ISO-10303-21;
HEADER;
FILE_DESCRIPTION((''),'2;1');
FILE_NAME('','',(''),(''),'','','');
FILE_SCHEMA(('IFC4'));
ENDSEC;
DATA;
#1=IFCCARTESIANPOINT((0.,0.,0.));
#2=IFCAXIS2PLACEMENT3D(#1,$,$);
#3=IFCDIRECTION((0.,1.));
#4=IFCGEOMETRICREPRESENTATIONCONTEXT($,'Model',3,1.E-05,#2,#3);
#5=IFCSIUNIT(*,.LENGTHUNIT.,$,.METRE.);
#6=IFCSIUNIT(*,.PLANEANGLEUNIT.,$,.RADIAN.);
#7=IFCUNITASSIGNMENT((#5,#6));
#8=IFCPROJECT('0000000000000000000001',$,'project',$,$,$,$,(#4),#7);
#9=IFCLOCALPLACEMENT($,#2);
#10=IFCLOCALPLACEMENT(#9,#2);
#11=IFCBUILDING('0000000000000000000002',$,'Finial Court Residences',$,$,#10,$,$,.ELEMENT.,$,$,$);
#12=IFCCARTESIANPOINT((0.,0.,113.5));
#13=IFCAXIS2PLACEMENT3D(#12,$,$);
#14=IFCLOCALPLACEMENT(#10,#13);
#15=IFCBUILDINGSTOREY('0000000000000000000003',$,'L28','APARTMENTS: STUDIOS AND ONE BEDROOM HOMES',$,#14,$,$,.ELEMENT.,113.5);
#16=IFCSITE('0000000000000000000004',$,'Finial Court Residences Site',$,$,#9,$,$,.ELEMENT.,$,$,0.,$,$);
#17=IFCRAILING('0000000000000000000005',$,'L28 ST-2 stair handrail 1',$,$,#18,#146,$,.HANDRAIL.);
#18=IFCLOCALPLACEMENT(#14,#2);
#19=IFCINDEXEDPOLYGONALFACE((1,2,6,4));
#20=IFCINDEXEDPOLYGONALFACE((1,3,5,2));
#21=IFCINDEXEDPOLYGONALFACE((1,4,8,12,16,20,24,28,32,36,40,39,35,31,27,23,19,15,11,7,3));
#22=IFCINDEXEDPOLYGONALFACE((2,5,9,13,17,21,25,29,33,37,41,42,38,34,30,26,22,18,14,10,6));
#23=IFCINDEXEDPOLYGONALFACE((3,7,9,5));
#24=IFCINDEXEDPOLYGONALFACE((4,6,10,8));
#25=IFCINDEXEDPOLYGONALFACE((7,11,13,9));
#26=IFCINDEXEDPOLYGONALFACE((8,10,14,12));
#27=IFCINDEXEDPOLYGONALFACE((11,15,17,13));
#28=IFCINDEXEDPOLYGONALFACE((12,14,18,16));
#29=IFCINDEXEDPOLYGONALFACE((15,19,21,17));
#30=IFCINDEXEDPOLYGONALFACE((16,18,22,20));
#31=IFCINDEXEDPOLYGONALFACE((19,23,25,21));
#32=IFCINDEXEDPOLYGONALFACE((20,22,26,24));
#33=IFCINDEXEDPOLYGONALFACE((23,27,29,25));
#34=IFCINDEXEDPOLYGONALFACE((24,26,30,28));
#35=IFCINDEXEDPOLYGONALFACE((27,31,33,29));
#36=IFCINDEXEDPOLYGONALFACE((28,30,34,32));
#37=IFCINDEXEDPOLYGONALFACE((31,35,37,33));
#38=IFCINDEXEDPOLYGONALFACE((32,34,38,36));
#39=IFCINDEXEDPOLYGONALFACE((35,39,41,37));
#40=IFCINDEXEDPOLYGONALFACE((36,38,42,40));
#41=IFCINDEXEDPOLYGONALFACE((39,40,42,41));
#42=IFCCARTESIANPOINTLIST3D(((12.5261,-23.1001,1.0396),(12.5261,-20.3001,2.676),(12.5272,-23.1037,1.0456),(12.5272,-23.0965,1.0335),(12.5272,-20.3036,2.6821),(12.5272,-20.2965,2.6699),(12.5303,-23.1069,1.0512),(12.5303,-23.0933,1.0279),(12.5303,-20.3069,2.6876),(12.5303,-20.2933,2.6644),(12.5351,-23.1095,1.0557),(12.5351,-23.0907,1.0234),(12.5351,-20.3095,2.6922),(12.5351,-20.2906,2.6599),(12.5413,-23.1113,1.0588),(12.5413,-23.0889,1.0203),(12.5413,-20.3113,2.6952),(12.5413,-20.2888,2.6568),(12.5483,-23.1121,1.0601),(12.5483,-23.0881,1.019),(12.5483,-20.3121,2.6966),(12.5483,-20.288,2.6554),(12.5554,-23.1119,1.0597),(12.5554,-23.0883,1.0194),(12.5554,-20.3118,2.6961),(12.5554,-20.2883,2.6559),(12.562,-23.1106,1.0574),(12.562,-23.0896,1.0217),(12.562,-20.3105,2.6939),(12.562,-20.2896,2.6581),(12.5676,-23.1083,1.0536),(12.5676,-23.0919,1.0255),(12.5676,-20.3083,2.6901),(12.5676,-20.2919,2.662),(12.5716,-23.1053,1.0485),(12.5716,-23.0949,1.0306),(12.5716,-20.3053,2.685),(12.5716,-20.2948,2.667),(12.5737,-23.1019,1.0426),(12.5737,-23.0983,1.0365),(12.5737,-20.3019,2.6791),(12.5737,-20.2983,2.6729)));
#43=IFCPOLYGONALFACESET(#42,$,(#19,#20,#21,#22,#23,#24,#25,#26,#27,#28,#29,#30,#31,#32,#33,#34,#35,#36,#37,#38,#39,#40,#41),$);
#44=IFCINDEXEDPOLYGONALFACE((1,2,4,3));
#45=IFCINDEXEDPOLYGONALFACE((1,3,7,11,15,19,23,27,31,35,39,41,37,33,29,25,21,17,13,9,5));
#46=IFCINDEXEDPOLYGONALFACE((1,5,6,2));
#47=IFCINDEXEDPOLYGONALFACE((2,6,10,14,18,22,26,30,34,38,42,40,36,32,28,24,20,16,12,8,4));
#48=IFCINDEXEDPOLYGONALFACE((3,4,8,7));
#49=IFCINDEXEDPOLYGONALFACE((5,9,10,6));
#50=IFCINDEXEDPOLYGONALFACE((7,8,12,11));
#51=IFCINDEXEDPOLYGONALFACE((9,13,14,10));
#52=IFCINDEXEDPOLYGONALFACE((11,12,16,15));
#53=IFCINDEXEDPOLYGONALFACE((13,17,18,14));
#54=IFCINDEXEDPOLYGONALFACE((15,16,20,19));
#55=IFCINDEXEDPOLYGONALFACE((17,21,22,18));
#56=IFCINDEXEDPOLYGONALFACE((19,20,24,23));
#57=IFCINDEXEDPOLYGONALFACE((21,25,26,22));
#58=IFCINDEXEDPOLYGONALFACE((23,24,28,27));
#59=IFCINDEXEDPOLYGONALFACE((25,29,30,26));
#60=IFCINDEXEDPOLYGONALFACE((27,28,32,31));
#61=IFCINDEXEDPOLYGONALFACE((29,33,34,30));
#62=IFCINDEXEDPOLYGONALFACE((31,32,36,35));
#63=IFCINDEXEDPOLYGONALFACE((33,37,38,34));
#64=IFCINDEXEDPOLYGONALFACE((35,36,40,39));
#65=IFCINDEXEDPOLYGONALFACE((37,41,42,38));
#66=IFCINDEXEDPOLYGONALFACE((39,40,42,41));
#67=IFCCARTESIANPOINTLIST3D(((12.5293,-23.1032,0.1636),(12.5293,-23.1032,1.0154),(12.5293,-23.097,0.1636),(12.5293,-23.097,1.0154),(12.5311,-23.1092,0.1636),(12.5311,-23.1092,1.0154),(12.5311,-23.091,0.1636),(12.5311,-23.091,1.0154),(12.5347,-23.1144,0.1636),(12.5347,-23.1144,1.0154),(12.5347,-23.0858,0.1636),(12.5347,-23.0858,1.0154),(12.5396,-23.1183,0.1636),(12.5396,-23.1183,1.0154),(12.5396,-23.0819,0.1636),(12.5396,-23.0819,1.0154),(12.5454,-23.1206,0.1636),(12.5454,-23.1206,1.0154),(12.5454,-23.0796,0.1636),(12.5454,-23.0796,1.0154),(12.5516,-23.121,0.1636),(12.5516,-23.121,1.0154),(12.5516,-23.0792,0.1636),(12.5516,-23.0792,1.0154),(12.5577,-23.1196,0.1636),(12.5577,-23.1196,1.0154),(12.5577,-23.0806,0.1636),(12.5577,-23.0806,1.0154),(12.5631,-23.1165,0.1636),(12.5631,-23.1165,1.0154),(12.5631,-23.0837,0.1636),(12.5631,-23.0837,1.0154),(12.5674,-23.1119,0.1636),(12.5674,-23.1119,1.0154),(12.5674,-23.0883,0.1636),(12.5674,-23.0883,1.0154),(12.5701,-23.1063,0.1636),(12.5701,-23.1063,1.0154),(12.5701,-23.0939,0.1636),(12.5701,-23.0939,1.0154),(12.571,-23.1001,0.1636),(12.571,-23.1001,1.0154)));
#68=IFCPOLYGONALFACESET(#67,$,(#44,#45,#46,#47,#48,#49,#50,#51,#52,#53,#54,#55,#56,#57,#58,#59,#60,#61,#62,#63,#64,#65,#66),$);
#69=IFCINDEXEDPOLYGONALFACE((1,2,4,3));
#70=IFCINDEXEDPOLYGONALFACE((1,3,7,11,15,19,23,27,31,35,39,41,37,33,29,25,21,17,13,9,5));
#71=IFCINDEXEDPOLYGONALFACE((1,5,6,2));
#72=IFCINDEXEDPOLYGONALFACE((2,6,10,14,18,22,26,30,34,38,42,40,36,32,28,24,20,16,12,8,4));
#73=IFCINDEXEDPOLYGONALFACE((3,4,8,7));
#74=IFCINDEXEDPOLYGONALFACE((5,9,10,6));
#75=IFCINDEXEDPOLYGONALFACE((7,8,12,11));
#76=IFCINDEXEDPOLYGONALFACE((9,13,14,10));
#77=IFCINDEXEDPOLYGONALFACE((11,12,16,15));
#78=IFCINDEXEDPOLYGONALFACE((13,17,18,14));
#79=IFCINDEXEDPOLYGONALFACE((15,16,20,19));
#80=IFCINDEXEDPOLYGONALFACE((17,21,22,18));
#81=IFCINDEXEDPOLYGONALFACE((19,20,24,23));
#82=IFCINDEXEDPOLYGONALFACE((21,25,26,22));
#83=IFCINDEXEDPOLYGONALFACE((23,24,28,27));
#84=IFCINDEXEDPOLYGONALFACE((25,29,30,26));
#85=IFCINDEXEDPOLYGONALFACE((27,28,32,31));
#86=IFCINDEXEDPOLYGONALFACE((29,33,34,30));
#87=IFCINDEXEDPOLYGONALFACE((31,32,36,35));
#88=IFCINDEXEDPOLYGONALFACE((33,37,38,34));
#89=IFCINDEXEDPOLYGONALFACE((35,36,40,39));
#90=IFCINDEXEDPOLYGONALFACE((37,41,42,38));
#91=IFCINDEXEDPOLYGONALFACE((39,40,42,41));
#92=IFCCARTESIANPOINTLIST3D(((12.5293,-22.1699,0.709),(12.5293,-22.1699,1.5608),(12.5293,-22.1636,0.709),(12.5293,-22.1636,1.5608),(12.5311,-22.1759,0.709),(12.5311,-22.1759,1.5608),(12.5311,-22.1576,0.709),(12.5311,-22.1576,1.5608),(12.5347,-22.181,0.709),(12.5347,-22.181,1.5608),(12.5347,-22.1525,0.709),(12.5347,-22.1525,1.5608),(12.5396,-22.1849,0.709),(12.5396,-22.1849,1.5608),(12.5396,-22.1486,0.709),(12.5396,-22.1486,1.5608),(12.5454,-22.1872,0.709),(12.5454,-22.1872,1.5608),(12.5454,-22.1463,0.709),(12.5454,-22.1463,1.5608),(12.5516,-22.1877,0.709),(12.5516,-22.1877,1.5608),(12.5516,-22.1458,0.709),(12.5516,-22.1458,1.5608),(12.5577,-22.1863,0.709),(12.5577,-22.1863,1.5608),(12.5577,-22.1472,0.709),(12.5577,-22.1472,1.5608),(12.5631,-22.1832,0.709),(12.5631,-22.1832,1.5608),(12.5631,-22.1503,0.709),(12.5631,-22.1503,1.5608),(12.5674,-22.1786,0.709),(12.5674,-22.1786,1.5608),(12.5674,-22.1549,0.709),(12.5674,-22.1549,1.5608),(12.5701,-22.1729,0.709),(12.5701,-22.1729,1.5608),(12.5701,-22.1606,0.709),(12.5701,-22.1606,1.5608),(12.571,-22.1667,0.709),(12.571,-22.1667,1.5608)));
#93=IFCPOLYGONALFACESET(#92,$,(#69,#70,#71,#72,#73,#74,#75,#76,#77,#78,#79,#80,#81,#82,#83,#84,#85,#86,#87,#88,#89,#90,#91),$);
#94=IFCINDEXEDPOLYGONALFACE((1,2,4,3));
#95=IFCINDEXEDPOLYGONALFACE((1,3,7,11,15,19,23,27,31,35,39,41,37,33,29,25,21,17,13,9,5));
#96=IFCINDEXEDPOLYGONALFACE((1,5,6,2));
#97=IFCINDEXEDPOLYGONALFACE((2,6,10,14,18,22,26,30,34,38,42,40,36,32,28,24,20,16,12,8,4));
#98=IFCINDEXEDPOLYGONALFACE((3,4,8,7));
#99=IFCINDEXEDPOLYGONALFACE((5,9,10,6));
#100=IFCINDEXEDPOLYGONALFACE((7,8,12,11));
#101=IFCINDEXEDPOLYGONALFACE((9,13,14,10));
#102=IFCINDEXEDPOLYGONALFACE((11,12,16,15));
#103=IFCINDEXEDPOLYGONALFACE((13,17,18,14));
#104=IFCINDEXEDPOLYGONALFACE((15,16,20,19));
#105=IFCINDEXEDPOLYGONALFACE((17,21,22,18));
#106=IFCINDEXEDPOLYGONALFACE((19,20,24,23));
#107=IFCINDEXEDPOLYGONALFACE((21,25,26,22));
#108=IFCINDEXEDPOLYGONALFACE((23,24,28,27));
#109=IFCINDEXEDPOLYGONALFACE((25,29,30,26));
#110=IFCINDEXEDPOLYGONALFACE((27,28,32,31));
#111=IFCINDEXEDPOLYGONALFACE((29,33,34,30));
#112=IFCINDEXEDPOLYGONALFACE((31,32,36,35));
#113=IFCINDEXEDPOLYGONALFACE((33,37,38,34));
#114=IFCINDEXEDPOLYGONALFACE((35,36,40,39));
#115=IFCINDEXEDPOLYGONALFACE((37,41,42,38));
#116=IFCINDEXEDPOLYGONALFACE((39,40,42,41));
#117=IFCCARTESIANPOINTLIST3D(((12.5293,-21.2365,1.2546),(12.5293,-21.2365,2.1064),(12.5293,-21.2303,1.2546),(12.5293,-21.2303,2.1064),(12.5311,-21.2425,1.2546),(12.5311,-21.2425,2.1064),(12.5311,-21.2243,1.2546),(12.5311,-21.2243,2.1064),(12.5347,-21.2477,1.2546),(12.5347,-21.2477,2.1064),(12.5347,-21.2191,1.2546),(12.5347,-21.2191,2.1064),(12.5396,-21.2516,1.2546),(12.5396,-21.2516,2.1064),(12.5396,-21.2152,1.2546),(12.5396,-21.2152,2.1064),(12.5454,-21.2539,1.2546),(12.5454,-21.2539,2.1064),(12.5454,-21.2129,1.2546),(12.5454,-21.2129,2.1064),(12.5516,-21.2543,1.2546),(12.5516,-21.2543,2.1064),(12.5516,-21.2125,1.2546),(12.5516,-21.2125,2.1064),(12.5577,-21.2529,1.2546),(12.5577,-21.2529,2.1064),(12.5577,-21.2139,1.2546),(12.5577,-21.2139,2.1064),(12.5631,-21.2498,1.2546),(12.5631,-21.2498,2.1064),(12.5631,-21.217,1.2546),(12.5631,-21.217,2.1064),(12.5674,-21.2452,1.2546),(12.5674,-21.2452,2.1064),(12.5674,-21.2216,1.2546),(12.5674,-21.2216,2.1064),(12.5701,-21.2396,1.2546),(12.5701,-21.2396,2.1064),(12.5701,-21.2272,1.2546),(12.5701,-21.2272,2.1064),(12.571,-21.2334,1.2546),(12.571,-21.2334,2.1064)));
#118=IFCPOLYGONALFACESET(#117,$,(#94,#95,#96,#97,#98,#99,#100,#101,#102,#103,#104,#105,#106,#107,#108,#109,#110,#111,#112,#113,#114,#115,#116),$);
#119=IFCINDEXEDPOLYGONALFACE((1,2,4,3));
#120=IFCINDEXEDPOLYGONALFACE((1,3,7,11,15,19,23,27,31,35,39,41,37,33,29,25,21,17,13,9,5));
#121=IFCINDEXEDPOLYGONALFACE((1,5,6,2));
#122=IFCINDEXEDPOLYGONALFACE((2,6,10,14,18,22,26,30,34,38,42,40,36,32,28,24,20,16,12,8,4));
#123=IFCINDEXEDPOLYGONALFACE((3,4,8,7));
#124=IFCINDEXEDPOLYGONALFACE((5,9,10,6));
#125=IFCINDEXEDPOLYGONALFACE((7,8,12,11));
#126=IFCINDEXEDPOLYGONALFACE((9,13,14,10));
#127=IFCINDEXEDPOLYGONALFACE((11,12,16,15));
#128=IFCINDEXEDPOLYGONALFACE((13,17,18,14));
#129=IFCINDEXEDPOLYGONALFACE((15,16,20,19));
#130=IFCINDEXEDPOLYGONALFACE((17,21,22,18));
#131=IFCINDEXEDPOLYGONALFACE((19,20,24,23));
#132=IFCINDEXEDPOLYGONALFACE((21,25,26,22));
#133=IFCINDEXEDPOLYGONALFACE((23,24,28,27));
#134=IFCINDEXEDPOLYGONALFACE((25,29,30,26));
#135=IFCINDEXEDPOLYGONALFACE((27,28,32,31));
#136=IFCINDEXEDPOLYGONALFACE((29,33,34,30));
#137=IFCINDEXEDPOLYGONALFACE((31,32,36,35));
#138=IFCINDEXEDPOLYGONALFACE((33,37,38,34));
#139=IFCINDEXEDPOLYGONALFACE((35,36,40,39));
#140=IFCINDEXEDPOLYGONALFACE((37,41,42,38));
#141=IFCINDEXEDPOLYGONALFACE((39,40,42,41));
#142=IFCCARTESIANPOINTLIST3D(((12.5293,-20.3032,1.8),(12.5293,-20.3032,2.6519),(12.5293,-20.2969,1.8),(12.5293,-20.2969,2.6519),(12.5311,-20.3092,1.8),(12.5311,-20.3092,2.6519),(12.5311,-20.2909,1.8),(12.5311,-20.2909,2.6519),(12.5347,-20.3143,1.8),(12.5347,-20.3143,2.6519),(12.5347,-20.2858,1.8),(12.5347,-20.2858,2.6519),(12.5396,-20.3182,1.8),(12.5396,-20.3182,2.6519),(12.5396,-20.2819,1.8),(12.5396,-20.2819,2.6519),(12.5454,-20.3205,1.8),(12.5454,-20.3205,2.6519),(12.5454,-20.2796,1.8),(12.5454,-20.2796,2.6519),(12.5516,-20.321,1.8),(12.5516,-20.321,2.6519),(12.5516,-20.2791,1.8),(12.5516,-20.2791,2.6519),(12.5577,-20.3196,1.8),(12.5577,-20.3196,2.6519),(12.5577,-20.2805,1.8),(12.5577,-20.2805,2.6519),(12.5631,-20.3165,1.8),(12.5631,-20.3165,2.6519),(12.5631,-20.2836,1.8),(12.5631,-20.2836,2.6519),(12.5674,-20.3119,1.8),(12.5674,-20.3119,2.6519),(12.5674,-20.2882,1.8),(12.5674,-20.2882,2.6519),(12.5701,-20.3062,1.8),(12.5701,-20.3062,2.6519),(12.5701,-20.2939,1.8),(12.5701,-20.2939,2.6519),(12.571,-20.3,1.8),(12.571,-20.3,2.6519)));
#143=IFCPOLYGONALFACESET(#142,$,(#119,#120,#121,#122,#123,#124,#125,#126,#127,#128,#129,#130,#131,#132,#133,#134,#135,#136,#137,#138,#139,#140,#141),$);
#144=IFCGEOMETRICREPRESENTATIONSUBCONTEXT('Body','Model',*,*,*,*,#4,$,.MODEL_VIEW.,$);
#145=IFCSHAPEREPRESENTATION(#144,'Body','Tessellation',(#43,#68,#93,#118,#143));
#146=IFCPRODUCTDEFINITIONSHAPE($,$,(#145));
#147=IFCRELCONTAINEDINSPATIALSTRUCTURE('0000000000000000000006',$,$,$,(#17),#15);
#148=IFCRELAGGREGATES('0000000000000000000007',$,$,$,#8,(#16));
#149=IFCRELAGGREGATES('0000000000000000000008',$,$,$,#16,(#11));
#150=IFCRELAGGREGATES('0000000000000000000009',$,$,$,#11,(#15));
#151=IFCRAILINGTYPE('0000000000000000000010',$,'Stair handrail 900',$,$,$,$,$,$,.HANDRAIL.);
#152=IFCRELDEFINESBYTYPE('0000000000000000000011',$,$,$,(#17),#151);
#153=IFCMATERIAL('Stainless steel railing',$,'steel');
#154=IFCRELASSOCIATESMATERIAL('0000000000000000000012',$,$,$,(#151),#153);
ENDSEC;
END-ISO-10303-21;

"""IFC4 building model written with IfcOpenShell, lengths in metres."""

from ifc_helpers import new_model, si_unit, direction, frame, origin, origin_2d, place, context, subcontext, project, spatial, circle, extrude, material, type_object, element, save


model = new_model("IFC4")

# Units and contexts
model_context = context("Model", 3, precision=1e-05, world=origin(), true_north=direction((0.0, 1.0)))
body_context = subcontext(model_context, "Body", "Model", "MODEL_VIEW")
ifc_project = project(units=[si_unit("LENGTHUNIT", "METRE"), si_unit("PLANEANGLEUNIT", "RADIAN")], contexts=[model_context])

# Site, building, storey
site_placement = place(None, origin())
site = spatial("IfcSite", under=ifc_project, at=site_placement, Name="Finial Court Residences Site", CompositionType="ELEMENT", RefElevation=0.0)
building_placement = place(site_placement, origin())
building = spatial("IfcBuilding", under=site, at=building_placement, Name="Finial Court Residences", CompositionType="ELEMENT")
storey_placement = place(building_placement, frame((0.0, 0.0, 113.5)))
storey = spatial("IfcBuildingStorey", under=building, at=storey_placement, Name="L28", Description="APARTMENTS: STUDIOS AND ONE BEDROOM HOMES", CompositionType="ELEMENT", Elevation=113.5)

# Railing
ifc_material_1 = material(Name="Stainless steel railing", Category="steel")
railing_type_1 = type_object("IfcRailingType", Name="Stair handrail 900", PredefinedType="HANDRAIL", material=ifc_material_1)
railing_1_placement = place(storey_placement, frame((12.55, -23.1001, 0.1636)))
element("IfcRailing", 1, at=railing_1_placement, inside=storey, type_object=railing_type_1, Name="L28 ST-2 stair handrail 1", PredefinedType="HANDRAIL", context=body_context, shape_type="SweptSolid", body=[
    extrude(circle(Radius=0.0239, at=origin_2d()), frame((0.0, 0.0, 0.876), z_axis=(0.0, 0.863361, 0.504587), x_axis=(-1.0, 0.0, 0.0)), (0.0, 0.0, 1.0), 3.2432),
    extrude(circle(Radius=0.021, at=origin_2d()), origin(), (0.0, 0.0, 1.0), 0.8518),
    extrude(circle(Radius=0.021, at=origin_2d()), frame((0.0, 0.9333, 0.5454)), (0.0, 0.0, 1.0), 0.8518),
    extrude(circle(Radius=0.021, at=origin_2d()), frame((0.0, 1.8667, 1.0911)), (0.0, 0.0, 1.0), 0.8518),
    extrude(circle(Radius=0.021, at=origin_2d()), frame((0.0, 2.8, 1.6365)), (0.0, 0.0, 1.0), 0.8518),
])

save(model, "model.ifc")
